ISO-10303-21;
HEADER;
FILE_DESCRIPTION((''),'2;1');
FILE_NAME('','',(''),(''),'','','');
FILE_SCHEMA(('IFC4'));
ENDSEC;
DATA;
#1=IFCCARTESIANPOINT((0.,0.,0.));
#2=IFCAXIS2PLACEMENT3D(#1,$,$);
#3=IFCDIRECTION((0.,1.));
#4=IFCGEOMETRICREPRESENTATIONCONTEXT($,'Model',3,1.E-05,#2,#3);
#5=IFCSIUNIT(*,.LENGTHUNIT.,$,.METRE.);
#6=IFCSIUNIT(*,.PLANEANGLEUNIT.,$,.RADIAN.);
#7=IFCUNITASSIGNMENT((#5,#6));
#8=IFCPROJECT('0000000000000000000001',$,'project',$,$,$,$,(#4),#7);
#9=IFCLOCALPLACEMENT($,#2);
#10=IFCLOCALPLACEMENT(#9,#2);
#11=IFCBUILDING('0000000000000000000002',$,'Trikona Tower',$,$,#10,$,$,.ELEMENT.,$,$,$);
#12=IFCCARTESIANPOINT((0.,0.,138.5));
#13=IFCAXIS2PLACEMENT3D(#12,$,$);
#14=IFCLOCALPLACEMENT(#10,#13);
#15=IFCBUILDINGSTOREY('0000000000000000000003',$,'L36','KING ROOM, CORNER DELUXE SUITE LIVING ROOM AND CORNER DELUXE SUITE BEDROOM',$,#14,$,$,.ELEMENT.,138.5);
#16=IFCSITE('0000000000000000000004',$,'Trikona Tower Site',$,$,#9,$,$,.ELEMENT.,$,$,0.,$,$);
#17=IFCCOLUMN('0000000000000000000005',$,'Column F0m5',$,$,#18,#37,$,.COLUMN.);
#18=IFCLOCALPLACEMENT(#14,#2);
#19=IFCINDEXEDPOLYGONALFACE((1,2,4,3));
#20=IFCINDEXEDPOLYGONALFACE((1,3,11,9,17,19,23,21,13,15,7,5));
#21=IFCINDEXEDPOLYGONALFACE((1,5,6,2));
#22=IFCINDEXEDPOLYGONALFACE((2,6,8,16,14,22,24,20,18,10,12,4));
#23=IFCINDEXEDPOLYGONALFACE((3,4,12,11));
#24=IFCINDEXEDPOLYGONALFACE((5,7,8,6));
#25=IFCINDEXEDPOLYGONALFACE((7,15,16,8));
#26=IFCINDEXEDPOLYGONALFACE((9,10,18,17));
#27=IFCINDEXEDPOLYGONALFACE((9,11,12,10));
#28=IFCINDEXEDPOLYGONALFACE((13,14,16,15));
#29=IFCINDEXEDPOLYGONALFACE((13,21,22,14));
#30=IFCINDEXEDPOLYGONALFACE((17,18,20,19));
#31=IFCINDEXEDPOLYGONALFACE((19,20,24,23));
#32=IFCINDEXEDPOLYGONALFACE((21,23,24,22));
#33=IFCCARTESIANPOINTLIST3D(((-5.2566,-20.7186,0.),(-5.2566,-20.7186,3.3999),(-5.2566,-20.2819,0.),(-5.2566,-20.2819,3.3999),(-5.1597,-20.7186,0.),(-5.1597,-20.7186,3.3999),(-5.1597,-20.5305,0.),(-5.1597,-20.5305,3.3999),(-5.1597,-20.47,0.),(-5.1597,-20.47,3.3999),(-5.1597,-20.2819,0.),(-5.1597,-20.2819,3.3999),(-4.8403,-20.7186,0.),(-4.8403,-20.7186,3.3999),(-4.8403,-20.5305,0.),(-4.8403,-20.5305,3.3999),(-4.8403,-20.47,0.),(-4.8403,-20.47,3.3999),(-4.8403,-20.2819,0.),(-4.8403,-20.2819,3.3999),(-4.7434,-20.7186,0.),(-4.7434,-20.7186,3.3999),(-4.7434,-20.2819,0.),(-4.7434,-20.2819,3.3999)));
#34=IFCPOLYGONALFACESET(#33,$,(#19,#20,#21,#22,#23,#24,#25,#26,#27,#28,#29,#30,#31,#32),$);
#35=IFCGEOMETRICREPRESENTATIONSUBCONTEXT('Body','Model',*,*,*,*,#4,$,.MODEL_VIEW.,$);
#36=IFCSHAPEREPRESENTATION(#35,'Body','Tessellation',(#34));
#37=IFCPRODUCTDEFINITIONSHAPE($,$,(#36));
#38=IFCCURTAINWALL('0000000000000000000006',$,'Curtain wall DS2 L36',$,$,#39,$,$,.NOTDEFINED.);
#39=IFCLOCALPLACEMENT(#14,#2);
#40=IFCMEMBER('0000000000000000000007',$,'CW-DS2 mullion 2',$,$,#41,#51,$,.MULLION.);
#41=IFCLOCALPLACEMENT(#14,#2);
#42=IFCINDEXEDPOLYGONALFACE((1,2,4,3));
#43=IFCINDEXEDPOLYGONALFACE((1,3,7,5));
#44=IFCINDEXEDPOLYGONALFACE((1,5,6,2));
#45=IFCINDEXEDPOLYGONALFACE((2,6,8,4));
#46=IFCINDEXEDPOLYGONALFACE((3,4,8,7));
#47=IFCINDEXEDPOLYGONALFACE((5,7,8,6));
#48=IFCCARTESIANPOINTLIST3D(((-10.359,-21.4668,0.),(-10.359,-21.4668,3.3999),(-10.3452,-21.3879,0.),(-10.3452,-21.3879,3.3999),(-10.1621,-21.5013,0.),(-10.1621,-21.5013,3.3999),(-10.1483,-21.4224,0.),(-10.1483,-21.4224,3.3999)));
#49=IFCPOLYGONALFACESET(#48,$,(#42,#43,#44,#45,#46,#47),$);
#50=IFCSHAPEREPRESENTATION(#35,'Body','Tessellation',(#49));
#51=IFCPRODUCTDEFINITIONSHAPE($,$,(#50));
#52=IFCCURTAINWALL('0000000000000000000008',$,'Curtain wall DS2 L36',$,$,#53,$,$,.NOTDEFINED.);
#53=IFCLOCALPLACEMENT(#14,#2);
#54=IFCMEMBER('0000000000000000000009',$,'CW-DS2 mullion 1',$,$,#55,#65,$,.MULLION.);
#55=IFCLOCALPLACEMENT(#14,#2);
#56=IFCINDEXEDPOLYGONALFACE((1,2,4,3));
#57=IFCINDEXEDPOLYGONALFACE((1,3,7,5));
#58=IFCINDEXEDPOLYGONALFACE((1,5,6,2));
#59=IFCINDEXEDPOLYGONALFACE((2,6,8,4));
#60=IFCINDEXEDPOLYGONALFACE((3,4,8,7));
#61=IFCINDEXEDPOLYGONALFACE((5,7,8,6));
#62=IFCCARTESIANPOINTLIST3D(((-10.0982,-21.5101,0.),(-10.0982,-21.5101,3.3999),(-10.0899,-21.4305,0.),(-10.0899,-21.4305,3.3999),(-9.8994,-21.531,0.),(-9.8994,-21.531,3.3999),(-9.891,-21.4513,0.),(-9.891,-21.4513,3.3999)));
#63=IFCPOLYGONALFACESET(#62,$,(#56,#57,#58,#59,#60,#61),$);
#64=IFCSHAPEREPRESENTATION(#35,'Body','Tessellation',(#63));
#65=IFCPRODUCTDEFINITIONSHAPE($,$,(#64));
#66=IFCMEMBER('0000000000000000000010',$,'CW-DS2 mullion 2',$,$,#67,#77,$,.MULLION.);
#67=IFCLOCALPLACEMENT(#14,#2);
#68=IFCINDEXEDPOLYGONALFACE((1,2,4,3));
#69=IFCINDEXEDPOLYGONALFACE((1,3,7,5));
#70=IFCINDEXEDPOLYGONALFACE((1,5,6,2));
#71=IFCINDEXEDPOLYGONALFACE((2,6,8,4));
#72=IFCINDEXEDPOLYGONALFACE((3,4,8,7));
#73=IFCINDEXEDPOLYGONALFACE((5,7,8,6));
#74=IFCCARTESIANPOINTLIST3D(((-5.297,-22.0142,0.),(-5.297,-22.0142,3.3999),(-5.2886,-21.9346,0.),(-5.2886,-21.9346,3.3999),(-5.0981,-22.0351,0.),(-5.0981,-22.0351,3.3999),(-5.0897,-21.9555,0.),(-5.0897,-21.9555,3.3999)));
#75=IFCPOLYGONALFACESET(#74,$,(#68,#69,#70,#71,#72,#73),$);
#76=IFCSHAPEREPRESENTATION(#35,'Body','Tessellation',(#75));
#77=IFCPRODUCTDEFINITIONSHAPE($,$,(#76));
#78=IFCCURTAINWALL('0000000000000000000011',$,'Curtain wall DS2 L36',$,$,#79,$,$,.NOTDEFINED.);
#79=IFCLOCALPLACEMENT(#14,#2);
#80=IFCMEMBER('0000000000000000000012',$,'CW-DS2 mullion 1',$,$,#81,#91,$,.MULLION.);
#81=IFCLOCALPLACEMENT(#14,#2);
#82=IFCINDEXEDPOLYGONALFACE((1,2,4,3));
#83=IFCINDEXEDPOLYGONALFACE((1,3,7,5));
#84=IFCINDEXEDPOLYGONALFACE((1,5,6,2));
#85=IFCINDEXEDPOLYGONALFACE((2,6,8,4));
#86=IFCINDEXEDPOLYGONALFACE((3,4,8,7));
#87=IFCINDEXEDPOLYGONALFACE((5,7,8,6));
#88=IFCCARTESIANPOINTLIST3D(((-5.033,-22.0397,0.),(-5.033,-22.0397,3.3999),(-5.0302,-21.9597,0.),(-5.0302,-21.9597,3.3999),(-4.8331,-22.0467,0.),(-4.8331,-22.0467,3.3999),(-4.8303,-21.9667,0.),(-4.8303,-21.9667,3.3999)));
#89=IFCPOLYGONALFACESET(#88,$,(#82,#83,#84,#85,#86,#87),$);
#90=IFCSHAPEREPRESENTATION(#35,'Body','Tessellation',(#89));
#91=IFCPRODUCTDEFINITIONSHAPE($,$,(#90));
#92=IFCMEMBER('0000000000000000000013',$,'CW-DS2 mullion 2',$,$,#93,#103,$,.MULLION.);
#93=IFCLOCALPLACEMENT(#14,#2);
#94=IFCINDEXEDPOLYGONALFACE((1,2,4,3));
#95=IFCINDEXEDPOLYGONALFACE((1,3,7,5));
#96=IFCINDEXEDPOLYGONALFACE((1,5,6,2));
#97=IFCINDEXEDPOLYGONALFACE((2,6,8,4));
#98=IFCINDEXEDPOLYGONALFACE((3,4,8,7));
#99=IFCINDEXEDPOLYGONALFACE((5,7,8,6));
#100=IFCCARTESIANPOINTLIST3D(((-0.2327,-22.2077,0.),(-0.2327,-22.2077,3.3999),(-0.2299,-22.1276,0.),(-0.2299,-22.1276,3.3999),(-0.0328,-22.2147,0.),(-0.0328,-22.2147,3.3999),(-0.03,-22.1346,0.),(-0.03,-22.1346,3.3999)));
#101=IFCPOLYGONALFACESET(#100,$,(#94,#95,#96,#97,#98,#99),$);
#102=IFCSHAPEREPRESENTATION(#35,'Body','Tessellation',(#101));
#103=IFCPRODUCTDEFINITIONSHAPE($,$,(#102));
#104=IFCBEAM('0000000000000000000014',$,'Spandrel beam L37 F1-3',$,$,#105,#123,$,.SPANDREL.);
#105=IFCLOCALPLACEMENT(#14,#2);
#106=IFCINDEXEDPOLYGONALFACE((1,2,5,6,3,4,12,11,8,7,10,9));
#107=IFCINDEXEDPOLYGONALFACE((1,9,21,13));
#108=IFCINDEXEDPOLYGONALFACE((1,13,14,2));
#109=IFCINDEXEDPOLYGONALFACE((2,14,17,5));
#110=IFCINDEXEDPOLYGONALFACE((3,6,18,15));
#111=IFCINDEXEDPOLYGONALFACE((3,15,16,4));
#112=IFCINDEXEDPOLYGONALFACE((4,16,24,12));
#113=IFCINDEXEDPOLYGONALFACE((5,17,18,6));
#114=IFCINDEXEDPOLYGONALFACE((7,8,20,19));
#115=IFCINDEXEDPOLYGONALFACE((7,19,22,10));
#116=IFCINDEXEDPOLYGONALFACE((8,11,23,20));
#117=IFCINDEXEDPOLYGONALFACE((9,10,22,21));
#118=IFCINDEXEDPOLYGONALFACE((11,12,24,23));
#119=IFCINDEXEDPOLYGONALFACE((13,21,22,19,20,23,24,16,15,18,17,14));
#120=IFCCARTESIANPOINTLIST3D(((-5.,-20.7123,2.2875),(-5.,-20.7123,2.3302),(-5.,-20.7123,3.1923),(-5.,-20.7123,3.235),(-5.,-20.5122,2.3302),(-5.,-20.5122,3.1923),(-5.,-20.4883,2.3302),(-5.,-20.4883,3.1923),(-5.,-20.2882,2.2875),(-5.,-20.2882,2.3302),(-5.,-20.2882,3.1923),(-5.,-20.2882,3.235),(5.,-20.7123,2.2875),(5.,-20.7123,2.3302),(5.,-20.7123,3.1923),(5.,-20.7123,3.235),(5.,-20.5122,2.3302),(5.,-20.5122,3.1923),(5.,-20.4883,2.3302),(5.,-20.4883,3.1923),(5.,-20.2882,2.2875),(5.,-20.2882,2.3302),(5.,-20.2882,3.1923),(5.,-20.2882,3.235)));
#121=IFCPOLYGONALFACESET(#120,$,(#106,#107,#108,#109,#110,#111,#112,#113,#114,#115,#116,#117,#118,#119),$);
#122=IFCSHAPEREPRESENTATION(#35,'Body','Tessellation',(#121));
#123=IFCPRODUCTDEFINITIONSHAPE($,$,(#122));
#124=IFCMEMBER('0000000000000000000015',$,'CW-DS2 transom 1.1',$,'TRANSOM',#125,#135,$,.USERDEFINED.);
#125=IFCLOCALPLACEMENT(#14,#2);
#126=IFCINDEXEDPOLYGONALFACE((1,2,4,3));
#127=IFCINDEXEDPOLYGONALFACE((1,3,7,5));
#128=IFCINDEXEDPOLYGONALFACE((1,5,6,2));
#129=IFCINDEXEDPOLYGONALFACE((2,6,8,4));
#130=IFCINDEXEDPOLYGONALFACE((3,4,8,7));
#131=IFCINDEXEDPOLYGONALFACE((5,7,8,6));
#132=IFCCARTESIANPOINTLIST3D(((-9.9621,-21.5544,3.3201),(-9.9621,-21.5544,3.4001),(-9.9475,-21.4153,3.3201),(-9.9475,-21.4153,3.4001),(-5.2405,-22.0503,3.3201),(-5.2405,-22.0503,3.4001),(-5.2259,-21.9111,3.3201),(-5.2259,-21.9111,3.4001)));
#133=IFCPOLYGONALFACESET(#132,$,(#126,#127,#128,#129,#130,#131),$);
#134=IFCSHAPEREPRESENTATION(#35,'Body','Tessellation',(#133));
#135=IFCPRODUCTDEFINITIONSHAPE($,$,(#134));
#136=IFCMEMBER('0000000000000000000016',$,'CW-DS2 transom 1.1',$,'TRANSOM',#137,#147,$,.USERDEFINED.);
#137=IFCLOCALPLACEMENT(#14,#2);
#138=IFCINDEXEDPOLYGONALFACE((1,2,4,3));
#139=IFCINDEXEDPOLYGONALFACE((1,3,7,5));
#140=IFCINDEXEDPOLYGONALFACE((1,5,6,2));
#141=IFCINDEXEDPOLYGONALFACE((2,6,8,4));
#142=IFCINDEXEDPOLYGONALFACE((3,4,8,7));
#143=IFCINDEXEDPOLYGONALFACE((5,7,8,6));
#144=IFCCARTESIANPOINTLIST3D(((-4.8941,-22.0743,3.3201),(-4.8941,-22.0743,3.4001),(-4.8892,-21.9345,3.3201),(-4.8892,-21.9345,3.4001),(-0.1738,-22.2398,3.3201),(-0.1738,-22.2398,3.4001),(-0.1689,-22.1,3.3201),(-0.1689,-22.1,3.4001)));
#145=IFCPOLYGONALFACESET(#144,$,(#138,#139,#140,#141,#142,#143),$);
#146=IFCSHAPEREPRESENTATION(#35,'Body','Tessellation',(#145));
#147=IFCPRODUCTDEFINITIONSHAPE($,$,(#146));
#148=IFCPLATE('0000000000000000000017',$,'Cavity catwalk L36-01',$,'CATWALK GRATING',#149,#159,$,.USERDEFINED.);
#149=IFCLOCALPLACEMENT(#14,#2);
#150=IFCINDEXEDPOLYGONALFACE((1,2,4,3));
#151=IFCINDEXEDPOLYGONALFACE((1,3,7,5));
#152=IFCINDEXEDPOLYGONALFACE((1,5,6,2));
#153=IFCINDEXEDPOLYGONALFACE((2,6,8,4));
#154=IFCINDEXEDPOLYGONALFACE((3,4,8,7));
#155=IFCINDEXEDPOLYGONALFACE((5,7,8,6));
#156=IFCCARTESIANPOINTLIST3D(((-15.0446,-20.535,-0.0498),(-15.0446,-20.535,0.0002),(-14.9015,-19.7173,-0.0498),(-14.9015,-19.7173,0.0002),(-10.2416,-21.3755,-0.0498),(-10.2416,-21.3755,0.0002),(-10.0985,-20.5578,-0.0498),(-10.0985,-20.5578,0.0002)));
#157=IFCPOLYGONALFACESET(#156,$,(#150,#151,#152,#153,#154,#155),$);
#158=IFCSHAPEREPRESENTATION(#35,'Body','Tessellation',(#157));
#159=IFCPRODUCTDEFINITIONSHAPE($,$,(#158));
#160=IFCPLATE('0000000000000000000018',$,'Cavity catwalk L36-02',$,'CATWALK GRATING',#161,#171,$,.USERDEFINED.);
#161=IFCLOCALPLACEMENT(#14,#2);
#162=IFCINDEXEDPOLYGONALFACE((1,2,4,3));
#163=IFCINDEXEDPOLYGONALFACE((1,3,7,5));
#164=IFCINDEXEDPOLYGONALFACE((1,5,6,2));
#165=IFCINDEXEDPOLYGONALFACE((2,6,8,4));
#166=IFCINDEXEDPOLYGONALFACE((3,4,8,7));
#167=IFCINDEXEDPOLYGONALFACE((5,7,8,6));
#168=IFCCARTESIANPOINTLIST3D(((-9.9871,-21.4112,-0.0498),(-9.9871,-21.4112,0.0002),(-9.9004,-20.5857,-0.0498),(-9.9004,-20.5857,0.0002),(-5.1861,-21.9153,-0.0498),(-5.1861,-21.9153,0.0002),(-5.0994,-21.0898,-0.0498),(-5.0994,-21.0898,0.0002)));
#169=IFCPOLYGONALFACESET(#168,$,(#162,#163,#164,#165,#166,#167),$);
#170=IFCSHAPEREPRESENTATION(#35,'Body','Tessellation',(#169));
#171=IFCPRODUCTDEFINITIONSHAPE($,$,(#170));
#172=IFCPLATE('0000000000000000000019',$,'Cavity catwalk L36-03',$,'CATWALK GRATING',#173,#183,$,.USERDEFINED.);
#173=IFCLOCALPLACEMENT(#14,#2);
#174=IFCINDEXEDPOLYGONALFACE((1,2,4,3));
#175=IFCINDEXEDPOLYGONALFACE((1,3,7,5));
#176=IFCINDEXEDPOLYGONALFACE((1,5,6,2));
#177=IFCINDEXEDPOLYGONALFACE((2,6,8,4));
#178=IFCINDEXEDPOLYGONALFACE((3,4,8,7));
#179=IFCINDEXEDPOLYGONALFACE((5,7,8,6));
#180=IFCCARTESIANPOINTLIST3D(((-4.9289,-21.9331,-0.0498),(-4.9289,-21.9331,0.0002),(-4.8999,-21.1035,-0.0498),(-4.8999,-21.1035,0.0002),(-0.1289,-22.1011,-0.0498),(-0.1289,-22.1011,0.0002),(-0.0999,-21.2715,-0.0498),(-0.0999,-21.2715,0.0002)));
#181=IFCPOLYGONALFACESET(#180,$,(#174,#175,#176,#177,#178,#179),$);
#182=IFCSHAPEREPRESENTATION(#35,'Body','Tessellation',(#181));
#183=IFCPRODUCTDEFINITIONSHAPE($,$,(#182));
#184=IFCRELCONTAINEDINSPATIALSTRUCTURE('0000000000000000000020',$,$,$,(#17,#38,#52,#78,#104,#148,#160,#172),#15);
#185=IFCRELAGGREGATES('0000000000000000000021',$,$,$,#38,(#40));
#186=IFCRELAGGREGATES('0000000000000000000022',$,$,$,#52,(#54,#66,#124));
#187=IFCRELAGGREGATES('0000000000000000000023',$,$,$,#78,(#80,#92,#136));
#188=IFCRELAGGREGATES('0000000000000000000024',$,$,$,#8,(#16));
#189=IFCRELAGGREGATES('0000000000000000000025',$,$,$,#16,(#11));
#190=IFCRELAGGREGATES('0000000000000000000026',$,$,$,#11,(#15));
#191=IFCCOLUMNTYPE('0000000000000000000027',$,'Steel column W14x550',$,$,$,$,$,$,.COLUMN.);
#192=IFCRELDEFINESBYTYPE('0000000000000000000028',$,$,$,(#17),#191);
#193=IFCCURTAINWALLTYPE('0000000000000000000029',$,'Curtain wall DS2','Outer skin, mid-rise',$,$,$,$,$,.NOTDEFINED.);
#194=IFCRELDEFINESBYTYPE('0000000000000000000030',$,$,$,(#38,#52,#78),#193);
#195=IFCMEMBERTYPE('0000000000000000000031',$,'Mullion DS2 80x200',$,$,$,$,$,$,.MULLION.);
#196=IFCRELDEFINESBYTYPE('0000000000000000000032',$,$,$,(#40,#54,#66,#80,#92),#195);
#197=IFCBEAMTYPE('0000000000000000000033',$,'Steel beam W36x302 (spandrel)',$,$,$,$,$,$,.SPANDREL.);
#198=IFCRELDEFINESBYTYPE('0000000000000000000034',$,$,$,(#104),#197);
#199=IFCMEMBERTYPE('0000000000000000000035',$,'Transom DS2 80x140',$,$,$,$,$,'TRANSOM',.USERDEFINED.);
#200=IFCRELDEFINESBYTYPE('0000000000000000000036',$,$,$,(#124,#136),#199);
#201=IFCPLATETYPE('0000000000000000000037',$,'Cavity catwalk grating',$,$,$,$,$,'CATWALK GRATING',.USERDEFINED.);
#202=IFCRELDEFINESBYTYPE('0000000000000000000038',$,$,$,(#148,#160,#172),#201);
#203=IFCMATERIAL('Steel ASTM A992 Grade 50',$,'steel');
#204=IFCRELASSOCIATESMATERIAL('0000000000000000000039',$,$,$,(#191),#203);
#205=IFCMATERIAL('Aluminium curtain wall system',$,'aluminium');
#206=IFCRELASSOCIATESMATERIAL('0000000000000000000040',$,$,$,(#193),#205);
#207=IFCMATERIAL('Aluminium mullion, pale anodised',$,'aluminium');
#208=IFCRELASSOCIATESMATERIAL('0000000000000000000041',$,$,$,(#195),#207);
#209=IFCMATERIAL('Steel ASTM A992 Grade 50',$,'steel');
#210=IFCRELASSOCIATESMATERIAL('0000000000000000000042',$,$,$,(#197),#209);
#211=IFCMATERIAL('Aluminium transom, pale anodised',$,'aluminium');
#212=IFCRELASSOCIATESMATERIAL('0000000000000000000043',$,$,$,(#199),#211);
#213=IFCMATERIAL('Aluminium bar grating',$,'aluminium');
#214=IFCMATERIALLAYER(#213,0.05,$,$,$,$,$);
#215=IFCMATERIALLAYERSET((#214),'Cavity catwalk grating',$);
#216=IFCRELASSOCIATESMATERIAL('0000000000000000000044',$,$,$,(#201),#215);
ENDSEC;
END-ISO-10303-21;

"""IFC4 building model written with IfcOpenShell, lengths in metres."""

from ifc_helpers import new_model, si_unit, direction, frame, origin, origin_2d, place, context, subcontext, project, spatial, rectangle, i_section, extrude, material, layer, layer_set, material_profile, profile_set, type_object, element, aggregate, save


model = new_model("IFC4")

# Units and contexts
model_context = context("Model", 3, precision=1e-05, world=origin(), true_north=direction((0.0, 1.0)))
body_context = subcontext(model_context, "Body", "Model", "MODEL_VIEW")
ifc_project = project(units=[si_unit("LENGTHUNIT", "METRE"), si_unit("PLANEANGLEUNIT", "RADIAN")], contexts=[model_context])

# Site, building, storey
site_placement = place(None, origin())
site = spatial("IfcSite", under=ifc_project, at=site_placement, Name="Trikona Tower Site", CompositionType="ELEMENT", RefElevation=0.0)
building_placement = place(site_placement, origin())
building = spatial("IfcBuilding", under=site, at=building_placement, Name="Trikona Tower", CompositionType="ELEMENT")
storey_placement = place(building_placement, frame((0.0, 0.0, 138.5)))
storey = spatial("IfcBuildingStorey", under=building, at=storey_placement, Name="L36", Description="KING ROOM, CORNER DELUXE SUITE LIVING ROOM AND CORNER DELUXE SUITE BEDROOM", CompositionType="ELEMENT", Elevation=138.5)

# Column
ifc_material_1 = material(Name="Steel ASTM A992 Grade 50", Category="steel")
ifc_material_profile_1 = material_profile(ifc_material_1, i_section(OverallWidth=0.4368, OverallDepth=0.5132, WebThickness=0.0605, FlangeThickness=0.0969, at=origin_2d()), Name="W14X550")
ifc_profile_set_1 = profile_set([ifc_material_profile_1], Name="Steel ASTM A992 Grade 50")
column_type = type_object("IfcColumnType", Name="Steel column W14x550", PredefinedType="COLUMN", material=ifc_profile_set_1)
column_placement = place(storey_placement, frame((-5.0, -20.5002, 0.0), z_axis=(0.0, 0.0, 1.0), x_axis=(0.0, -1.0, 0.0)))
element("IfcColumn", 1, at=column_placement, inside=storey, type_object=column_type, Name="Column F0m5", PredefinedType="COLUMN", context=body_context, shape_type="SweptSolid", body=[
    extrude(i_section(OverallWidth=0.4368, OverallDepth=0.5132, WebThickness=0.0605, FlangeThickness=0.0969, at=origin_2d()), origin(), (0.0, 0.0, 1.0), 3.3999),
])

# Curtain wall, member
ifc_material_2 = material(Name="Aluminium curtain wall system", Category="aluminium")
curtain_wall_type = type_object("IfcCurtainWallType", Name="Curtain wall DS2", Description="Outer skin, mid-rise", PredefinedType="NOTDEFINED", material=ifc_material_2)
curtain_wall_1_placement = place(storey_placement, origin())
curtain_wall_1 = element("IfcCurtainWall", 2, at=curtain_wall_1_placement, inside=storey, type_object=curtain_wall_type, Name="Curtain wall DS2 L36", PredefinedType="NOTDEFINED")
ifc_material_3 = material(Name="Aluminium mullion, pale anodised", Category="aluminium")
ifc_material_profile_2 = material_profile(ifc_material_3, rectangle(XDim=0.0801, YDim=0.2, at=origin_2d()), Name="MUL-DS2")
ifc_profile_set_2 = profile_set([ifc_material_profile_2], Name="Aluminium mullion, pale anodised")
member_type_1 = type_object("IfcMemberType", Name="Mullion DS2 80x200", PredefinedType="MULLION", material=ifc_profile_set_2)
member_1_placement = place(storey_placement, frame((-10.2537, -21.4446, 0.0), z_axis=(0.0, 0.0, 1.0), x_axis=(0.172377, 0.985031, 0.0)))
member_1 = element("IfcMember", 3, at=member_1_placement, type_object=member_type_1, Name="CW-DS2 mullion 2", PredefinedType="MULLION", context=body_context, shape_type="SweptSolid", body=[
    extrude(rectangle(XDim=0.0801, YDim=0.2, at=origin_2d()), origin(), (0.0, 0.0, 1.0), 3.3999),
])

# Curtain walls, members
curtain_wall_2_placement = place(storey_placement, origin())
curtain_wall_2 = element("IfcCurtainWall", 4, at=curtain_wall_2_placement, inside=storey, type_object=curtain_wall_type, Name="Curtain wall DS2 L36", PredefinedType="NOTDEFINED")
member_2_placement = place(storey_placement, frame((-9.9946, -21.4807, 0.0), z_axis=(0.0, 0.0, 1.0), x_axis=(0.104433, 0.994532, 0.0)))
member_2 = element("IfcMember", 5, at=member_2_placement, type_object=member_type_1, Name="CW-DS2 mullion 1", PredefinedType="MULLION", context=body_context, shape_type="SweptSolid", body=[
    extrude(rectangle(XDim=0.0801, YDim=0.2, at=origin_2d()), origin(), (0.0, 0.0, 1.0), 3.3999),
])
member_3_placement = place(storey_placement, frame((-5.1934, -21.9849, 0.0), z_axis=(0.0, 0.0, 1.0), x_axis=(0.104433, 0.994532, 0.0)))
member_3 = element("IfcMember", 6, at=member_3_placement, type_object=member_type_1, Name="CW-DS2 mullion 2", PredefinedType="MULLION", context=body_context, shape_type="SweptSolid", body=[
    extrude(rectangle(XDim=0.0801, YDim=0.2, at=origin_2d()), origin(), (0.0, 0.0, 1.0), 3.3999),
])
curtain_wall_3_placement = place(storey_placement, origin())
curtain_wall_3 = element("IfcCurtainWall", 7, at=curtain_wall_3_placement, inside=storey, type_object=curtain_wall_type, Name="Curtain wall DS2 L36", PredefinedType="NOTDEFINED")
member_4_placement = place(storey_placement, frame((-4.9316, -22.0032, 0.0), z_axis=(0.0, 0.0, 1.0), x_axis=(0.034998, 0.999387, 0.0)))
member_4 = element("IfcMember", 8, at=member_4_placement, type_object=member_type_1, Name="CW-DS2 mullion 1", PredefinedType="MULLION", context=body_context, shape_type="SweptSolid", body=[
    extrude(rectangle(XDim=0.0801, YDim=0.2, at=origin_2d()), origin(), (0.0, 0.0, 1.0), 3.3999),
])
member_5_placement = place(storey_placement, frame((-0.1313, -22.1711, 0.0), z_axis=(0.0, 0.0, 1.0), x_axis=(0.034998, 0.999387, 0.0)))
member_5 = element("IfcMember", 9, at=member_5_placement, type_object=member_type_1, Name="CW-DS2 mullion 2", PredefinedType="MULLION", context=body_context, shape_type="SweptSolid", body=[
    extrude(rectangle(XDim=0.0801, YDim=0.2, at=origin_2d()), origin(), (0.0, 0.0, 1.0), 3.3999),
])

# Beam
ifc_material_4 = material(Name="Steel ASTM A992 Grade 50", Category="steel")
ifc_material_profile_3 = material_profile(ifc_material_4, i_section(OverallWidth=0.4241, OverallDepth=0.9475, WebThickness=0.0239, FlangeThickness=0.0427, at=origin_2d()), Name="W36X302")
ifc_profile_set_3 = profile_set([ifc_material_profile_3], Name="Steel ASTM A992 Grade 50")
beam_type = type_object("IfcBeamType", Name="Steel beam W36x302 (spandrel)", PredefinedType="SPANDREL", material=ifc_profile_set_3)
beam_placement = place(storey_placement, frame((-5.0, -20.5002, 2.7612), z_axis=(1.0, 0.0, 0.0), x_axis=(0.0, 1.0, 0.0)))
element("IfcBeam", 10, at=beam_placement, inside=storey, type_object=beam_type, Name="Spandrel beam L37 F1-3", PredefinedType="SPANDREL", context=body_context, shape_type="SweptSolid", body=[
    extrude(i_section(OverallWidth=0.4241, OverallDepth=0.9475, WebThickness=0.0239, FlangeThickness=0.0427, at=origin_2d()), origin(), (0.0, 0.0, 1.0), 10.0),
])

# Members
ifc_material_5 = material(Name="Aluminium transom, pale anodised", Category="aluminium")
ifc_material_profile_4 = material_profile(ifc_material_5, rectangle(XDim=0.1399, YDim=0.0801, at=origin_2d()), Name="TRN-DS2")
ifc_profile_set_4 = profile_set([ifc_material_profile_4], Name="Aluminium transom, pale anodised")
member_type_2 = type_object("IfcMemberType", Name="Transom DS2 80x140", ElementType="TRANSOM", PredefinedType="USERDEFINED", material=ifc_profile_set_4)
member_6_placement = place(storey_placement, frame((-9.9548, -21.4849, 3.3601), z_axis=(0.994531, -0.104441, 0.0), x_axis=(0.104441, 0.994531, 0.0)))
member_6 = element("IfcMember", 11, at=member_6_placement, type_object=member_type_2, Name="CW-DS2 transom 1.1", ObjectType="TRANSOM", PredefinedType="USERDEFINED", context=body_context, shape_type="SweptSolid", body=[
    extrude(rectangle(XDim=0.1399, YDim=0.0801, at=origin_2d()), origin(), (0.0, 0.0, 1.0), 4.7476),
])
member_7_placement = place(storey_placement, frame((-4.8916, -22.0044, 3.3601), z_axis=(0.999386, -0.035046, 0.0), x_axis=(0.035046, 0.999386, 0.0)))
member_7 = element("IfcMember", 12, at=member_7_placement, type_object=member_type_2, Name="CW-DS2 transom 1.1", ObjectType="TRANSOM", PredefinedType="USERDEFINED", context=body_context, shape_type="SweptSolid", body=[
    extrude(rectangle(XDim=0.1399, YDim=0.0801, at=origin_2d()), origin(), (0.0, 0.0, 1.0), 4.7231),
])

# Plates
ifc_material_6 = material(Name="Aluminium bar grating", Category="aluminium")
ifc_layer_1 = layer(ifc_material_6, 0.05)
ifc_layer_set_1 = layer_set([ifc_layer_1], Name="Cavity catwalk grating")
plate_type_1 = type_object("IfcPlateType", Name="Cavity catwalk grating", ElementType="CATWALK GRATING", PredefinedType="USERDEFINED", material=ifc_layer_set_1)
plate_1_placement = place(storey_placement, frame((-12.5715, -20.5464, -0.0498), z_axis=(0.0, 0.0, 1.0), x_axis=(0.985031, -0.17238, 0.0)))
element("IfcPlate", 13, at=plate_1_placement, inside=storey, type_object=plate_type_1, Name="Cavity catwalk L36-01", ObjectType="CATWALK GRATING", PredefinedType="USERDEFINED", context=body_context, shape_type="SweptSolid", body=[
    extrude(rectangle(XDim=4.876, YDim=0.8301, at=origin_2d()), origin(), (0.0, 0.0, 1.0), 0.05),
])
plate_2_placement = place(storey_placement, frame((-7.5432, -21.2505, -0.0498), z_axis=(0.0, 0.0, 1.0), x_axis=(0.994533, -0.104426, 0.0)))
element("IfcPlate", 14, at=plate_2_placement, inside=storey, type_object=plate_type_1, Name="Cavity catwalk L36-02", ObjectType="CATWALK GRATING", PredefinedType="USERDEFINED", context=body_context, shape_type="SweptSolid", body=[
    extrude(rectangle(XDim=4.8274, YDim=0.8301, at=origin_2d()), origin(), (0.0, 0.0, 1.0), 0.05),
])
plate_3_placement = place(storey_placement, frame((-2.5144, -21.6023, -0.0498), z_axis=(0.0, 0.0, 1.0), x_axis=(0.999388, -0.034978, 0.0)))
element("IfcPlate", 15, at=plate_3_placement, inside=storey, type_object=plate_type_1, Name="Cavity catwalk L36-03", ObjectType="CATWALK GRATING", PredefinedType="USERDEFINED", context=body_context, shape_type="SweptSolid", body=[
    extrude(rectangle(XDim=4.803, YDim=0.8301, at=origin_2d()), origin(), (0.0, 0.0, 1.0), 0.05),
])

aggregate(curtain_wall_1, [member_1])
aggregate(curtain_wall_2, [member_2, member_3, member_6])
aggregate(curtain_wall_3, [member_4, member_5, member_7])

save(model, "model.ifc")
